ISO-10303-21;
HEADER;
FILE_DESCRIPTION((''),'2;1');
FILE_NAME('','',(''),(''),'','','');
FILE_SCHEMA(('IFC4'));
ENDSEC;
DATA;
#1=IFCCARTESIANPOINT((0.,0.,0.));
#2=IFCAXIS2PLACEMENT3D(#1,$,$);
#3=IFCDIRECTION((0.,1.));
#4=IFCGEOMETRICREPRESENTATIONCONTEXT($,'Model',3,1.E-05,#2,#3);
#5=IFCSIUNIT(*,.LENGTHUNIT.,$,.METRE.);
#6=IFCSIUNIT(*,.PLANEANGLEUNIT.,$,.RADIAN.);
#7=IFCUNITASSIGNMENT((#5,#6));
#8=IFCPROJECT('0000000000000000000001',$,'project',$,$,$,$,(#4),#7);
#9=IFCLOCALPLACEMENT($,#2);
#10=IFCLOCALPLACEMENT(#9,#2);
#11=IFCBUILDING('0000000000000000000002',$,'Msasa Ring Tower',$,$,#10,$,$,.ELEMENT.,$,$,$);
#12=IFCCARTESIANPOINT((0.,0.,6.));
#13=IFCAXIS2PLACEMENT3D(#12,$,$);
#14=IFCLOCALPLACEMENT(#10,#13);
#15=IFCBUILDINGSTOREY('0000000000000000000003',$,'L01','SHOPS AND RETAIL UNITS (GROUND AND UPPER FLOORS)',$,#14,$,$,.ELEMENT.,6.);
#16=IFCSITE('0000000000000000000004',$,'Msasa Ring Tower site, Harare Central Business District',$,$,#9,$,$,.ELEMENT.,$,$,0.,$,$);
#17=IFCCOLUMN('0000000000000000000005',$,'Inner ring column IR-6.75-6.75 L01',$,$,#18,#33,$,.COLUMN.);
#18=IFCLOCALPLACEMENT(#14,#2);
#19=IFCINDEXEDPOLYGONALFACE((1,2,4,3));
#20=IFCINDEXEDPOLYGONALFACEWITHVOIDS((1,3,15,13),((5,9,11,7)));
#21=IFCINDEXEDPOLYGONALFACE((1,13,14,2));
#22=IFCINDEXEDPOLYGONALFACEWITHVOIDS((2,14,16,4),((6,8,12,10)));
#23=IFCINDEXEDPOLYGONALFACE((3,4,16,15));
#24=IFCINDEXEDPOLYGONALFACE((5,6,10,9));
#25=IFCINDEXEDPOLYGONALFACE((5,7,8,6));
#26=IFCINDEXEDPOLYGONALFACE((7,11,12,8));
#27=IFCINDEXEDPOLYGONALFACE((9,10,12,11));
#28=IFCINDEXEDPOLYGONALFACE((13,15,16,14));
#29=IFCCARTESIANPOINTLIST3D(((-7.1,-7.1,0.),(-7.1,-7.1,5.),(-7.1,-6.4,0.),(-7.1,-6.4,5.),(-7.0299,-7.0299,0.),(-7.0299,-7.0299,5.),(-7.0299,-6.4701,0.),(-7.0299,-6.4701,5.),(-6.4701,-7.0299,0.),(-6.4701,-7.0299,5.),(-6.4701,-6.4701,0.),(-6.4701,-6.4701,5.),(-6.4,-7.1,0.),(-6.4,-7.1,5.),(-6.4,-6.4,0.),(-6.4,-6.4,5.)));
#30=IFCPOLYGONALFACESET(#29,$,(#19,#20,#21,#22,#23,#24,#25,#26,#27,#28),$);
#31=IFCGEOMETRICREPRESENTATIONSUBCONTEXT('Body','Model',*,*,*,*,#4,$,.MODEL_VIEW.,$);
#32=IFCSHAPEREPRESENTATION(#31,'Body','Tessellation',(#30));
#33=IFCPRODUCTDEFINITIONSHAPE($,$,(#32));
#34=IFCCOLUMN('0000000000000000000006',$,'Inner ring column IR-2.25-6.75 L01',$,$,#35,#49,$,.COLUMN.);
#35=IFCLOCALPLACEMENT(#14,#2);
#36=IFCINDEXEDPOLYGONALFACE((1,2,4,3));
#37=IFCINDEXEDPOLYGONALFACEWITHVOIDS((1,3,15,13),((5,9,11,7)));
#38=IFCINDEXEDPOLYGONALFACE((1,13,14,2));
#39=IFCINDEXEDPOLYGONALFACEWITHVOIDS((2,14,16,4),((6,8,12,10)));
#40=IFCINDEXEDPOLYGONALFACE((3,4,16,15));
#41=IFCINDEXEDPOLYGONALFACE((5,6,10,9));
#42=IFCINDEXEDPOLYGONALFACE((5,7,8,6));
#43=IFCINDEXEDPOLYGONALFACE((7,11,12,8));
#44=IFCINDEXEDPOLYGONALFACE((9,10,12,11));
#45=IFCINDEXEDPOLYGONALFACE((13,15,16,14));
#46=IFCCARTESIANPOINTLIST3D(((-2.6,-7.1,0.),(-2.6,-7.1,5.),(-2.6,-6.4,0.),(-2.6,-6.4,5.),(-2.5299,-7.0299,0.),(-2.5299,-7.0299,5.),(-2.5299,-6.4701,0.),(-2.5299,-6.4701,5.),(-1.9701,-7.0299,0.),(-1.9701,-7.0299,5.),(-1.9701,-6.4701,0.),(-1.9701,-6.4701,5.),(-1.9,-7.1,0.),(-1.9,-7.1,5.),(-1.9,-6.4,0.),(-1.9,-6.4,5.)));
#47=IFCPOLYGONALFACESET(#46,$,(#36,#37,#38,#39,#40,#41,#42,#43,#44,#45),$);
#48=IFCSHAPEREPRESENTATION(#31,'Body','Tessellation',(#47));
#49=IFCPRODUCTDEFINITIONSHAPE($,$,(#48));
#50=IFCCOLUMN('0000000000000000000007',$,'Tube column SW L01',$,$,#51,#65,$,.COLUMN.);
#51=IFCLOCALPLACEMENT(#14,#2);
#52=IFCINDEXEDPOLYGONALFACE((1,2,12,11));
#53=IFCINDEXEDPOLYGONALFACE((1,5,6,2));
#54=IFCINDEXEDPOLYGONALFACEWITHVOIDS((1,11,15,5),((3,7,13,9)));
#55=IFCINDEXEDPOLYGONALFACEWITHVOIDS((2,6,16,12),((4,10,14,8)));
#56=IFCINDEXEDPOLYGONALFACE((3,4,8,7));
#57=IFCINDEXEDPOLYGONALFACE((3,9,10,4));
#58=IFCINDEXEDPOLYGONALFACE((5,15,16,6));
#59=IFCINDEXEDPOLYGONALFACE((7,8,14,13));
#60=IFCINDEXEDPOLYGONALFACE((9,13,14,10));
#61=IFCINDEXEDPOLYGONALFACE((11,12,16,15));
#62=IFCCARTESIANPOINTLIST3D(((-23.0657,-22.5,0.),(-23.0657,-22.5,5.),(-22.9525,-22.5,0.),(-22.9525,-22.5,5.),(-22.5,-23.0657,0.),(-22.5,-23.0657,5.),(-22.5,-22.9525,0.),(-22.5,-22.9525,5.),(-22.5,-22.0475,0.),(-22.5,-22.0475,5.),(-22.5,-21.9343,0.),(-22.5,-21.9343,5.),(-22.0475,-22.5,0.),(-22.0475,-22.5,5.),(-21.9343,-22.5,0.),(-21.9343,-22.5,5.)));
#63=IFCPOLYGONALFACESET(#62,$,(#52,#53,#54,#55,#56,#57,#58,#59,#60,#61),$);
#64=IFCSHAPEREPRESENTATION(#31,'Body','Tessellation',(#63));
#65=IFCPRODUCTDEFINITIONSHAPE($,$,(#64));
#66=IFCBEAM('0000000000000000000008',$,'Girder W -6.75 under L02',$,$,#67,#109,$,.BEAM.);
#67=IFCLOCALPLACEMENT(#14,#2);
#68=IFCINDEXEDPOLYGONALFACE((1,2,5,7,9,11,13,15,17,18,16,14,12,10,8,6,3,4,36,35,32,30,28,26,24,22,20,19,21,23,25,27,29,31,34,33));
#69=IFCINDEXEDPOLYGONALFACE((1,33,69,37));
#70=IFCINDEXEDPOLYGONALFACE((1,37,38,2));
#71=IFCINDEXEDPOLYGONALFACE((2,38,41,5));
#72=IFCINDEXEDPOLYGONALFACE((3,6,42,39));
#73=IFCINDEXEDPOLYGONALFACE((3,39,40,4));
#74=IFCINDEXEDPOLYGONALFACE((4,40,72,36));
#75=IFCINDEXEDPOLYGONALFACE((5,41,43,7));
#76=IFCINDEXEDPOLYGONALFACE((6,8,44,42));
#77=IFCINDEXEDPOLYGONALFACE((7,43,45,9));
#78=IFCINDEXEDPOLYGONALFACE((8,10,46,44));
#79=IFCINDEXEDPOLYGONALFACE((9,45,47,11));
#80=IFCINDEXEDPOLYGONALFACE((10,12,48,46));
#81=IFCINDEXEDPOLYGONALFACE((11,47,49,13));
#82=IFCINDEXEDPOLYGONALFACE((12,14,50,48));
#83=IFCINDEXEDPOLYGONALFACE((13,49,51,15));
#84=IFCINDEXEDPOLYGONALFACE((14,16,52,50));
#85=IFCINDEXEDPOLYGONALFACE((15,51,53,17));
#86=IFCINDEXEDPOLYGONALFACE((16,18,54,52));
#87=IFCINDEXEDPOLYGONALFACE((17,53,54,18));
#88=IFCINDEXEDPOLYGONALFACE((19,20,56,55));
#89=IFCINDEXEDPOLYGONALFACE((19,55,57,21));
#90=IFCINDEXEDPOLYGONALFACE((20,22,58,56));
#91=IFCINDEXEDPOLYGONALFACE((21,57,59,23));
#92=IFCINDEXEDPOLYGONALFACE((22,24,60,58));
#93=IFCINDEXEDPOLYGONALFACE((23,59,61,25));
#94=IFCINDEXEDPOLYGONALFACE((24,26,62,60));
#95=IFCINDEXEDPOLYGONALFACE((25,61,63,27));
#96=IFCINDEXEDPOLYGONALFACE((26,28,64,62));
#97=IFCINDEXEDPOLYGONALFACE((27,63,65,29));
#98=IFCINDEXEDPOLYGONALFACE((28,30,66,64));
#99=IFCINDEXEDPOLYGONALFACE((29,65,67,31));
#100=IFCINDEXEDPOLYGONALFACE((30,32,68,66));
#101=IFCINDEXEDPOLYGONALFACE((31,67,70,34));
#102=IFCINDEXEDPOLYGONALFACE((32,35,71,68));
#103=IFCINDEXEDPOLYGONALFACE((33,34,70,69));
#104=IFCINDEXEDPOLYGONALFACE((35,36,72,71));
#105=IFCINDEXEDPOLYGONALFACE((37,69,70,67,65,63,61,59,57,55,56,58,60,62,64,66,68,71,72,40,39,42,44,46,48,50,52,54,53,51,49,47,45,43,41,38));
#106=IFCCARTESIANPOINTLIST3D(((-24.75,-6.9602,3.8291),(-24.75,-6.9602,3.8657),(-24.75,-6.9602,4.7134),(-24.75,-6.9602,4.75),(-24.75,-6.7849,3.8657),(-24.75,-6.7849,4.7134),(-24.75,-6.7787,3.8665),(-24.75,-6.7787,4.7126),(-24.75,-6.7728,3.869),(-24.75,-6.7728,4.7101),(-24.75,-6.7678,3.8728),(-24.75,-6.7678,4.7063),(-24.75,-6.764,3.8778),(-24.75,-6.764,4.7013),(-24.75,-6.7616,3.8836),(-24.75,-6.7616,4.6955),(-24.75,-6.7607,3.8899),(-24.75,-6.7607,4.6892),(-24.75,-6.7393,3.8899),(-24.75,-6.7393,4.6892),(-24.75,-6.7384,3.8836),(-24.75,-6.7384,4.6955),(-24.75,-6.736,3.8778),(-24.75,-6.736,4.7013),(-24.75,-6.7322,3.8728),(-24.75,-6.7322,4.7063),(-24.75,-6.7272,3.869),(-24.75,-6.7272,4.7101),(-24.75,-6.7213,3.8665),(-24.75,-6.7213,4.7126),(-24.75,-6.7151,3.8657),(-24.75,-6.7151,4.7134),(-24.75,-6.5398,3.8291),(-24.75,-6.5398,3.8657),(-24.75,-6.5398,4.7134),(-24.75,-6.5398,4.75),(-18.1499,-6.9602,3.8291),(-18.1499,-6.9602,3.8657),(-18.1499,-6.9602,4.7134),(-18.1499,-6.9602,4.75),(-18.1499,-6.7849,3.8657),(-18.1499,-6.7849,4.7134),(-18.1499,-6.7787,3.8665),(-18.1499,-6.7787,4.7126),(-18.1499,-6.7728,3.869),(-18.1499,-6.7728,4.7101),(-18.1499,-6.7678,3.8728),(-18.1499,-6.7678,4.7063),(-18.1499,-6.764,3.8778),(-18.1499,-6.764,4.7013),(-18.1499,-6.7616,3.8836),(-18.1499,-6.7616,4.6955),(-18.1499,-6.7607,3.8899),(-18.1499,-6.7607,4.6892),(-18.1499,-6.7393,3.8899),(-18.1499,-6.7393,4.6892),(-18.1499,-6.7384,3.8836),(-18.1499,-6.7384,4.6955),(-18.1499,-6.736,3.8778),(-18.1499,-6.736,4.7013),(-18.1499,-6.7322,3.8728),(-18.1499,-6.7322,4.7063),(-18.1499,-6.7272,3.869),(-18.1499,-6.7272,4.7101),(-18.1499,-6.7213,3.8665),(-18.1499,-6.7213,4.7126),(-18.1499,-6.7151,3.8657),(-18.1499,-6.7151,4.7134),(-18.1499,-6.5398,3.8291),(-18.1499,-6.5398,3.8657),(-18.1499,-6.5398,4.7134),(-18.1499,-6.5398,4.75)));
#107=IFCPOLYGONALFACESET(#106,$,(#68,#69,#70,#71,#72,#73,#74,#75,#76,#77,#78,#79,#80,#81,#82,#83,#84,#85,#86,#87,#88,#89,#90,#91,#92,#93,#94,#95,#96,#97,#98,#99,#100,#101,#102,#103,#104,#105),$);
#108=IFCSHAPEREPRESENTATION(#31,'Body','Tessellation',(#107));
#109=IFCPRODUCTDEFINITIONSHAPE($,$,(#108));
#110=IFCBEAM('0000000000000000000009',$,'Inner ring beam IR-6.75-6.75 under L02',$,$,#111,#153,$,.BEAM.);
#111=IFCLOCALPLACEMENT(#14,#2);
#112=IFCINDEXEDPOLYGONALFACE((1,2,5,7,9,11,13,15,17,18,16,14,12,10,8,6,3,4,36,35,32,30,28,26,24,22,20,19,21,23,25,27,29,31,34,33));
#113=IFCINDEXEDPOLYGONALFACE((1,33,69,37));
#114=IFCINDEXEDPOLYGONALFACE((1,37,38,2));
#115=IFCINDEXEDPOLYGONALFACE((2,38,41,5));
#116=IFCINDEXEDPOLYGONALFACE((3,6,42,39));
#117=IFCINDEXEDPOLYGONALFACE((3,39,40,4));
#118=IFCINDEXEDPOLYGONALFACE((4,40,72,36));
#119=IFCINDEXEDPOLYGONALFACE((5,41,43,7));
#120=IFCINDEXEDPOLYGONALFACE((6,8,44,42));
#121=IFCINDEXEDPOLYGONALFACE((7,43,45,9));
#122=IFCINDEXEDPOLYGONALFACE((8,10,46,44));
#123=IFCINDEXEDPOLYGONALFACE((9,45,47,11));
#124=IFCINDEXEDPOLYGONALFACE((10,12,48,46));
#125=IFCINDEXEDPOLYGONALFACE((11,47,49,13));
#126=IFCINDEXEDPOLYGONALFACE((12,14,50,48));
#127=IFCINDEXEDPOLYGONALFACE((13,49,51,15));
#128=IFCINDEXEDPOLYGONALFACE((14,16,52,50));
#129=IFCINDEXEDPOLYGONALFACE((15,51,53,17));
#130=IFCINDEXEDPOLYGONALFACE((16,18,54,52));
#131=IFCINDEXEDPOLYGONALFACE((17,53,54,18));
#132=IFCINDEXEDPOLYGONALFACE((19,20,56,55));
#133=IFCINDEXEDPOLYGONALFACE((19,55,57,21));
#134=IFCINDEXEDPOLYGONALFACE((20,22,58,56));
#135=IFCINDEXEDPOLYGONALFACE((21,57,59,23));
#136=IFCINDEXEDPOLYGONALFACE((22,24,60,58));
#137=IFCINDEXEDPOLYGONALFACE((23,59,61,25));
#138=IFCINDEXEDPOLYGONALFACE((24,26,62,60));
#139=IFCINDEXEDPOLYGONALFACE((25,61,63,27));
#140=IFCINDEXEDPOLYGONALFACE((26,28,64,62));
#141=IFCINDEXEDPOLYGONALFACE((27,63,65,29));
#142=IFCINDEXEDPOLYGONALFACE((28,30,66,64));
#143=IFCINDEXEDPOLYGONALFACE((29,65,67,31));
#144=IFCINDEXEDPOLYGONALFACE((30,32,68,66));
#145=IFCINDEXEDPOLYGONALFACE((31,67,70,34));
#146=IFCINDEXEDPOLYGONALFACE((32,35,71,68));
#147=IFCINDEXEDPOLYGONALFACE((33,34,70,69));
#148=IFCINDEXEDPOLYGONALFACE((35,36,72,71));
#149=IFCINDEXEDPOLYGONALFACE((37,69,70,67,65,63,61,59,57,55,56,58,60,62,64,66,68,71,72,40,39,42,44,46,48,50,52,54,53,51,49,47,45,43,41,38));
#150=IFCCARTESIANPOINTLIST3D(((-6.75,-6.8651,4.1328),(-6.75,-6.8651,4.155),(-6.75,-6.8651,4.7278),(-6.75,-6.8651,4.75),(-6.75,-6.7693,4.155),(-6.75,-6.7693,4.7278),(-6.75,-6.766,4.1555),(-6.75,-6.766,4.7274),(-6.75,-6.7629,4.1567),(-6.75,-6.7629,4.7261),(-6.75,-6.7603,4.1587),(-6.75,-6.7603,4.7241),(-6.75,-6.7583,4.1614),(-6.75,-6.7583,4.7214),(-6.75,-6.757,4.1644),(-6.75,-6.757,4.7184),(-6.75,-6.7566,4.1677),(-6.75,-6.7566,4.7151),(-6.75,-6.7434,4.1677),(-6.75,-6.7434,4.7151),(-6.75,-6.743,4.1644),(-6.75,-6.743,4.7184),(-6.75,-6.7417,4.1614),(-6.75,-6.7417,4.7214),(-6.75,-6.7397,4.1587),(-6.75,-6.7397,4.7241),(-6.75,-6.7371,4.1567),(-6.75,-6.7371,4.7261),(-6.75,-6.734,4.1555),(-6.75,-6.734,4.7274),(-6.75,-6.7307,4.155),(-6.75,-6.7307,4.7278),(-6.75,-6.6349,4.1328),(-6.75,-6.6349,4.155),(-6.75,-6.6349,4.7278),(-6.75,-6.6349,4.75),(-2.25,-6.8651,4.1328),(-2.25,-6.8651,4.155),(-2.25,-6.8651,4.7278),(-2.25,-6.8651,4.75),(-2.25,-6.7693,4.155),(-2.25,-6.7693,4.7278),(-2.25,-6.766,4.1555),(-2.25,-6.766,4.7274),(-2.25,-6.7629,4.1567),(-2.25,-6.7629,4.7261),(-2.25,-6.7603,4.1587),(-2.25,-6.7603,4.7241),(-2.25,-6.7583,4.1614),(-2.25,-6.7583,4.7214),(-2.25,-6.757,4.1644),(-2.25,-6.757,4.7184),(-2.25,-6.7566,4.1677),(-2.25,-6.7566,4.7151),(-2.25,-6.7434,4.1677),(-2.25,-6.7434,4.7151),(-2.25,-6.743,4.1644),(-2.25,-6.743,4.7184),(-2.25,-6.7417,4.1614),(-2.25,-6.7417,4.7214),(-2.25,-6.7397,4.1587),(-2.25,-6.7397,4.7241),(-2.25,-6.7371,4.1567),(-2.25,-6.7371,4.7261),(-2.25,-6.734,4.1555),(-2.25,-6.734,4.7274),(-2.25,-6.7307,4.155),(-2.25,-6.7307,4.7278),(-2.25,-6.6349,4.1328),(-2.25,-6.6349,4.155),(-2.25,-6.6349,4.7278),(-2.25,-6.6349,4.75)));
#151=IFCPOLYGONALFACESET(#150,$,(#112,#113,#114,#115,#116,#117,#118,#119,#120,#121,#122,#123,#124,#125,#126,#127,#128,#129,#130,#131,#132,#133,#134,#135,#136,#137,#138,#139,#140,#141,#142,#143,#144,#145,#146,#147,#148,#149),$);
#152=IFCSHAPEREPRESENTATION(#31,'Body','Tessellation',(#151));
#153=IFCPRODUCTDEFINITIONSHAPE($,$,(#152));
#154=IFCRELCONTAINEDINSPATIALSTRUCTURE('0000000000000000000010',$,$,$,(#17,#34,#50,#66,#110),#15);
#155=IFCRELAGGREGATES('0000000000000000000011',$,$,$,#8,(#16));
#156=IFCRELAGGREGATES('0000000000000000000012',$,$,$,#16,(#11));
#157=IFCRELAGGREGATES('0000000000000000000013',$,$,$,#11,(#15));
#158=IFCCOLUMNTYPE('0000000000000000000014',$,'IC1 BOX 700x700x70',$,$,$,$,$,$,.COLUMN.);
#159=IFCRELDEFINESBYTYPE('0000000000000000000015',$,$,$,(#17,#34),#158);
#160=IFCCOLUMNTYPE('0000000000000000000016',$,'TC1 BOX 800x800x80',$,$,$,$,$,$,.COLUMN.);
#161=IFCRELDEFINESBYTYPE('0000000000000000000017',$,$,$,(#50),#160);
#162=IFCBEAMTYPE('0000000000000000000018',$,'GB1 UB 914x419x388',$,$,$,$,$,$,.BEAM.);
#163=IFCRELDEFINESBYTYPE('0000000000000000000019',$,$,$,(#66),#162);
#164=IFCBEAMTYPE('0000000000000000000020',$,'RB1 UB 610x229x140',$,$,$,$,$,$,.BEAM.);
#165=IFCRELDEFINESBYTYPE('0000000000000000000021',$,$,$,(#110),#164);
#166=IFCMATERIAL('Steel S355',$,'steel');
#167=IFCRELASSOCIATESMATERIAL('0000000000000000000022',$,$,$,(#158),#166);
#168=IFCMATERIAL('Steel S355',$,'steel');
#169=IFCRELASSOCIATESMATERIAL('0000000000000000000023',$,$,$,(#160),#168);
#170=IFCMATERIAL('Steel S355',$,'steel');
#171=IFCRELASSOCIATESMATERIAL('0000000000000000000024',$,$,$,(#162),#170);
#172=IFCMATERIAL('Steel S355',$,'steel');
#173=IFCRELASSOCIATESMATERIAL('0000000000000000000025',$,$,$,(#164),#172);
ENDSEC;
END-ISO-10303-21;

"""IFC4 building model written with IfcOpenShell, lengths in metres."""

from ifc_helpers import new_model, si_unit, direction, frame, origin, origin_2d, place, context, subcontext, project, spatial, hollow_rectangle, i_section, extrude, material, material_profile, profile_set, type_object, element, save


model = new_model("IFC4")

# Units and contexts
model_context = context("Model", 3, precision=1e-05, world=origin(), true_north=direction((0.0, 1.0)))
body_context = subcontext(model_context, "Body", "Model", "MODEL_VIEW")
ifc_project = project(units=[si_unit("LENGTHUNIT", "METRE"), si_unit("PLANEANGLEUNIT", "RADIAN")], contexts=[model_context])

# Site, building, storey
site_placement = place(None, origin())
site = spatial("IfcSite", under=ifc_project, at=site_placement, Name="Msasa Ring Tower site, Harare Central Business District", CompositionType="ELEMENT", RefElevation=0.0)
building_placement = place(site_placement, origin())
building = spatial("IfcBuilding", under=site, at=building_placement, Name="Msasa Ring Tower", CompositionType="ELEMENT")
storey_placement = place(building_placement, frame((0.0, 0.0, 6.0)))
storey = spatial("IfcBuildingStorey", under=building, at=storey_placement, Name="L01", Description="SHOPS AND RETAIL UNITS (GROUND AND UPPER FLOORS)", CompositionType="ELEMENT", Elevation=6.0)

# Columns
ifc_material_1 = material(Name="Steel S355", Category="steel")
ifc_material_profile_1 = material_profile(ifc_material_1, hollow_rectangle(XDim=0.7, YDim=0.7, WallThickness=0.0701, at=origin_2d()), Name="BOX 700x700x70")
ifc_profile_set_1 = profile_set([ifc_material_profile_1], Name="Steel S355")
column_type_1 = type_object("IfcColumnType", Name="IC1 BOX 700x700x70", PredefinedType="COLUMN", material=ifc_profile_set_1)
for number, where, z_axis, x_axis, name in (
    (1, (-6.75, -6.75, 0.0), (0.0, 0.0, 1.0), (1.0, 0.0, 0.0), "Inner ring column IR-6.75-6.75 L01"),
    (2, (-2.25, -6.75, 0.0), (0.0, 0.0, 1.0), (1.0, 0.0, 0.0), "Inner ring column IR-2.25-6.75 L01"),
):
    element("IfcColumn", number, at=place(storey_placement, frame(where, z_axis=z_axis, x_axis=x_axis)), inside=storey, type_object=column_type_1, Name=name, PredefinedType="COLUMN", context=body_context, shape_type="SweptSolid", body=[
        extrude(hollow_rectangle(XDim=0.7, YDim=0.7, WallThickness=0.0701, at=origin_2d()), origin(), (0.0, 0.0, 1.0), 5.0),
    ])
ifc_material_2 = material(Name="Steel S355", Category="steel")
ifc_material_profile_2 = material_profile(ifc_material_2, hollow_rectangle(XDim=0.8, YDim=0.8, WallThickness=0.0801, at=origin_2d()), Name="BOX 800x800x80")
ifc_profile_set_2 = profile_set([ifc_material_profile_2], Name="Steel S355")
column_type_2 = type_object("IfcColumnType", Name="TC1 BOX 800x800x80", PredefinedType="COLUMN", material=ifc_profile_set_2)
column_placement = place(storey_placement, frame((-22.5, -22.5, 0.0), z_axis=(0.0, 0.0, 1.0), x_axis=(0.707107, 0.707107, 0.0)))
element("IfcColumn", 3, at=column_placement, inside=storey, type_object=column_type_2, Name="Tube column SW L01", PredefinedType="COLUMN", context=body_context, shape_type="SweptSolid", body=[
    extrude(hollow_rectangle(XDim=0.8, YDim=0.8, WallThickness=0.0801, at=origin_2d()), origin(), (0.0, 0.0, 1.0), 5.0),
])

# Beams
ifc_material_3 = material(Name="Steel S355", Category="steel")
ifc_material_profile_3 = material_profile(ifc_material_3, i_section(OverallWidth=0.4204, OverallDepth=0.9209, WebThickness=0.0215, FlangeThickness=0.0366, FilletRadius=0.0242, at=origin_2d()), Name="UB 914x419x388")
ifc_profile_set_3 = profile_set([ifc_material_profile_3], Name="Steel S355")
beam_type_1 = type_object("IfcBeamType", Name="GB1 UB 914x419x388", PredefinedType="BEAM", material=ifc_profile_set_3)
beam_1_placement = place(storey_placement, frame((-18.1499, -6.75, 4.2896), z_axis=(-1.0, 0.0, 0.0), x_axis=(0.0, -1.0, 0.0)))
element("IfcBeam", 4, at=beam_1_placement, inside=storey, type_object=beam_type_1, Name="Girder W -6.75 under L02", PredefinedType="BEAM", context=body_context, shape_type="SweptSolid", body=[
    extrude(i_section(OverallWidth=0.4204, OverallDepth=0.9209, WebThickness=0.0215, FlangeThickness=0.0366, FilletRadius=0.0242, at=origin_2d()), origin(), (0.0, 0.0, 1.0), 6.6001),
])
ifc_material_4 = material(Name="Steel S355", Category="steel")
ifc_material_profile_4 = material_profile(ifc_material_4, i_section(OverallWidth=0.2302, OverallDepth=0.6172, WebThickness=0.0132, FlangeThickness=0.0222, FilletRadius=0.0127, at=origin_2d()), Name="UB 610x229x140")
ifc_profile_set_4 = profile_set([ifc_material_profile_4], Name="Steel S355")
beam_type_2 = type_object("IfcBeamType", Name="RB1 UB 610x229x140", PredefinedType="BEAM", material=ifc_profile_set_4)
for number, where, z_axis, x_axis, name in (
    (5, (-6.75, -6.75, 4.4414), (1.0, 0.0, 0.0), (0.0, 1.0, 0.0), "Inner ring beam IR-6.75-6.75 under L02"),
):
    element("IfcBeam", number, at=place(storey_placement, frame(where, z_axis=z_axis, x_axis=x_axis)), inside=storey, type_object=beam_type_2, Name=name, PredefinedType="BEAM", context=body_context, shape_type="SweptSolid", body=[
        extrude(i_section(OverallWidth=0.2302, OverallDepth=0.6172, WebThickness=0.0132, FlangeThickness=0.0222, FilletRadius=0.0127, at=origin_2d()), origin(), (0.0, 0.0, 1.0), 4.5),
    ])

save(model, "model.ifc")
